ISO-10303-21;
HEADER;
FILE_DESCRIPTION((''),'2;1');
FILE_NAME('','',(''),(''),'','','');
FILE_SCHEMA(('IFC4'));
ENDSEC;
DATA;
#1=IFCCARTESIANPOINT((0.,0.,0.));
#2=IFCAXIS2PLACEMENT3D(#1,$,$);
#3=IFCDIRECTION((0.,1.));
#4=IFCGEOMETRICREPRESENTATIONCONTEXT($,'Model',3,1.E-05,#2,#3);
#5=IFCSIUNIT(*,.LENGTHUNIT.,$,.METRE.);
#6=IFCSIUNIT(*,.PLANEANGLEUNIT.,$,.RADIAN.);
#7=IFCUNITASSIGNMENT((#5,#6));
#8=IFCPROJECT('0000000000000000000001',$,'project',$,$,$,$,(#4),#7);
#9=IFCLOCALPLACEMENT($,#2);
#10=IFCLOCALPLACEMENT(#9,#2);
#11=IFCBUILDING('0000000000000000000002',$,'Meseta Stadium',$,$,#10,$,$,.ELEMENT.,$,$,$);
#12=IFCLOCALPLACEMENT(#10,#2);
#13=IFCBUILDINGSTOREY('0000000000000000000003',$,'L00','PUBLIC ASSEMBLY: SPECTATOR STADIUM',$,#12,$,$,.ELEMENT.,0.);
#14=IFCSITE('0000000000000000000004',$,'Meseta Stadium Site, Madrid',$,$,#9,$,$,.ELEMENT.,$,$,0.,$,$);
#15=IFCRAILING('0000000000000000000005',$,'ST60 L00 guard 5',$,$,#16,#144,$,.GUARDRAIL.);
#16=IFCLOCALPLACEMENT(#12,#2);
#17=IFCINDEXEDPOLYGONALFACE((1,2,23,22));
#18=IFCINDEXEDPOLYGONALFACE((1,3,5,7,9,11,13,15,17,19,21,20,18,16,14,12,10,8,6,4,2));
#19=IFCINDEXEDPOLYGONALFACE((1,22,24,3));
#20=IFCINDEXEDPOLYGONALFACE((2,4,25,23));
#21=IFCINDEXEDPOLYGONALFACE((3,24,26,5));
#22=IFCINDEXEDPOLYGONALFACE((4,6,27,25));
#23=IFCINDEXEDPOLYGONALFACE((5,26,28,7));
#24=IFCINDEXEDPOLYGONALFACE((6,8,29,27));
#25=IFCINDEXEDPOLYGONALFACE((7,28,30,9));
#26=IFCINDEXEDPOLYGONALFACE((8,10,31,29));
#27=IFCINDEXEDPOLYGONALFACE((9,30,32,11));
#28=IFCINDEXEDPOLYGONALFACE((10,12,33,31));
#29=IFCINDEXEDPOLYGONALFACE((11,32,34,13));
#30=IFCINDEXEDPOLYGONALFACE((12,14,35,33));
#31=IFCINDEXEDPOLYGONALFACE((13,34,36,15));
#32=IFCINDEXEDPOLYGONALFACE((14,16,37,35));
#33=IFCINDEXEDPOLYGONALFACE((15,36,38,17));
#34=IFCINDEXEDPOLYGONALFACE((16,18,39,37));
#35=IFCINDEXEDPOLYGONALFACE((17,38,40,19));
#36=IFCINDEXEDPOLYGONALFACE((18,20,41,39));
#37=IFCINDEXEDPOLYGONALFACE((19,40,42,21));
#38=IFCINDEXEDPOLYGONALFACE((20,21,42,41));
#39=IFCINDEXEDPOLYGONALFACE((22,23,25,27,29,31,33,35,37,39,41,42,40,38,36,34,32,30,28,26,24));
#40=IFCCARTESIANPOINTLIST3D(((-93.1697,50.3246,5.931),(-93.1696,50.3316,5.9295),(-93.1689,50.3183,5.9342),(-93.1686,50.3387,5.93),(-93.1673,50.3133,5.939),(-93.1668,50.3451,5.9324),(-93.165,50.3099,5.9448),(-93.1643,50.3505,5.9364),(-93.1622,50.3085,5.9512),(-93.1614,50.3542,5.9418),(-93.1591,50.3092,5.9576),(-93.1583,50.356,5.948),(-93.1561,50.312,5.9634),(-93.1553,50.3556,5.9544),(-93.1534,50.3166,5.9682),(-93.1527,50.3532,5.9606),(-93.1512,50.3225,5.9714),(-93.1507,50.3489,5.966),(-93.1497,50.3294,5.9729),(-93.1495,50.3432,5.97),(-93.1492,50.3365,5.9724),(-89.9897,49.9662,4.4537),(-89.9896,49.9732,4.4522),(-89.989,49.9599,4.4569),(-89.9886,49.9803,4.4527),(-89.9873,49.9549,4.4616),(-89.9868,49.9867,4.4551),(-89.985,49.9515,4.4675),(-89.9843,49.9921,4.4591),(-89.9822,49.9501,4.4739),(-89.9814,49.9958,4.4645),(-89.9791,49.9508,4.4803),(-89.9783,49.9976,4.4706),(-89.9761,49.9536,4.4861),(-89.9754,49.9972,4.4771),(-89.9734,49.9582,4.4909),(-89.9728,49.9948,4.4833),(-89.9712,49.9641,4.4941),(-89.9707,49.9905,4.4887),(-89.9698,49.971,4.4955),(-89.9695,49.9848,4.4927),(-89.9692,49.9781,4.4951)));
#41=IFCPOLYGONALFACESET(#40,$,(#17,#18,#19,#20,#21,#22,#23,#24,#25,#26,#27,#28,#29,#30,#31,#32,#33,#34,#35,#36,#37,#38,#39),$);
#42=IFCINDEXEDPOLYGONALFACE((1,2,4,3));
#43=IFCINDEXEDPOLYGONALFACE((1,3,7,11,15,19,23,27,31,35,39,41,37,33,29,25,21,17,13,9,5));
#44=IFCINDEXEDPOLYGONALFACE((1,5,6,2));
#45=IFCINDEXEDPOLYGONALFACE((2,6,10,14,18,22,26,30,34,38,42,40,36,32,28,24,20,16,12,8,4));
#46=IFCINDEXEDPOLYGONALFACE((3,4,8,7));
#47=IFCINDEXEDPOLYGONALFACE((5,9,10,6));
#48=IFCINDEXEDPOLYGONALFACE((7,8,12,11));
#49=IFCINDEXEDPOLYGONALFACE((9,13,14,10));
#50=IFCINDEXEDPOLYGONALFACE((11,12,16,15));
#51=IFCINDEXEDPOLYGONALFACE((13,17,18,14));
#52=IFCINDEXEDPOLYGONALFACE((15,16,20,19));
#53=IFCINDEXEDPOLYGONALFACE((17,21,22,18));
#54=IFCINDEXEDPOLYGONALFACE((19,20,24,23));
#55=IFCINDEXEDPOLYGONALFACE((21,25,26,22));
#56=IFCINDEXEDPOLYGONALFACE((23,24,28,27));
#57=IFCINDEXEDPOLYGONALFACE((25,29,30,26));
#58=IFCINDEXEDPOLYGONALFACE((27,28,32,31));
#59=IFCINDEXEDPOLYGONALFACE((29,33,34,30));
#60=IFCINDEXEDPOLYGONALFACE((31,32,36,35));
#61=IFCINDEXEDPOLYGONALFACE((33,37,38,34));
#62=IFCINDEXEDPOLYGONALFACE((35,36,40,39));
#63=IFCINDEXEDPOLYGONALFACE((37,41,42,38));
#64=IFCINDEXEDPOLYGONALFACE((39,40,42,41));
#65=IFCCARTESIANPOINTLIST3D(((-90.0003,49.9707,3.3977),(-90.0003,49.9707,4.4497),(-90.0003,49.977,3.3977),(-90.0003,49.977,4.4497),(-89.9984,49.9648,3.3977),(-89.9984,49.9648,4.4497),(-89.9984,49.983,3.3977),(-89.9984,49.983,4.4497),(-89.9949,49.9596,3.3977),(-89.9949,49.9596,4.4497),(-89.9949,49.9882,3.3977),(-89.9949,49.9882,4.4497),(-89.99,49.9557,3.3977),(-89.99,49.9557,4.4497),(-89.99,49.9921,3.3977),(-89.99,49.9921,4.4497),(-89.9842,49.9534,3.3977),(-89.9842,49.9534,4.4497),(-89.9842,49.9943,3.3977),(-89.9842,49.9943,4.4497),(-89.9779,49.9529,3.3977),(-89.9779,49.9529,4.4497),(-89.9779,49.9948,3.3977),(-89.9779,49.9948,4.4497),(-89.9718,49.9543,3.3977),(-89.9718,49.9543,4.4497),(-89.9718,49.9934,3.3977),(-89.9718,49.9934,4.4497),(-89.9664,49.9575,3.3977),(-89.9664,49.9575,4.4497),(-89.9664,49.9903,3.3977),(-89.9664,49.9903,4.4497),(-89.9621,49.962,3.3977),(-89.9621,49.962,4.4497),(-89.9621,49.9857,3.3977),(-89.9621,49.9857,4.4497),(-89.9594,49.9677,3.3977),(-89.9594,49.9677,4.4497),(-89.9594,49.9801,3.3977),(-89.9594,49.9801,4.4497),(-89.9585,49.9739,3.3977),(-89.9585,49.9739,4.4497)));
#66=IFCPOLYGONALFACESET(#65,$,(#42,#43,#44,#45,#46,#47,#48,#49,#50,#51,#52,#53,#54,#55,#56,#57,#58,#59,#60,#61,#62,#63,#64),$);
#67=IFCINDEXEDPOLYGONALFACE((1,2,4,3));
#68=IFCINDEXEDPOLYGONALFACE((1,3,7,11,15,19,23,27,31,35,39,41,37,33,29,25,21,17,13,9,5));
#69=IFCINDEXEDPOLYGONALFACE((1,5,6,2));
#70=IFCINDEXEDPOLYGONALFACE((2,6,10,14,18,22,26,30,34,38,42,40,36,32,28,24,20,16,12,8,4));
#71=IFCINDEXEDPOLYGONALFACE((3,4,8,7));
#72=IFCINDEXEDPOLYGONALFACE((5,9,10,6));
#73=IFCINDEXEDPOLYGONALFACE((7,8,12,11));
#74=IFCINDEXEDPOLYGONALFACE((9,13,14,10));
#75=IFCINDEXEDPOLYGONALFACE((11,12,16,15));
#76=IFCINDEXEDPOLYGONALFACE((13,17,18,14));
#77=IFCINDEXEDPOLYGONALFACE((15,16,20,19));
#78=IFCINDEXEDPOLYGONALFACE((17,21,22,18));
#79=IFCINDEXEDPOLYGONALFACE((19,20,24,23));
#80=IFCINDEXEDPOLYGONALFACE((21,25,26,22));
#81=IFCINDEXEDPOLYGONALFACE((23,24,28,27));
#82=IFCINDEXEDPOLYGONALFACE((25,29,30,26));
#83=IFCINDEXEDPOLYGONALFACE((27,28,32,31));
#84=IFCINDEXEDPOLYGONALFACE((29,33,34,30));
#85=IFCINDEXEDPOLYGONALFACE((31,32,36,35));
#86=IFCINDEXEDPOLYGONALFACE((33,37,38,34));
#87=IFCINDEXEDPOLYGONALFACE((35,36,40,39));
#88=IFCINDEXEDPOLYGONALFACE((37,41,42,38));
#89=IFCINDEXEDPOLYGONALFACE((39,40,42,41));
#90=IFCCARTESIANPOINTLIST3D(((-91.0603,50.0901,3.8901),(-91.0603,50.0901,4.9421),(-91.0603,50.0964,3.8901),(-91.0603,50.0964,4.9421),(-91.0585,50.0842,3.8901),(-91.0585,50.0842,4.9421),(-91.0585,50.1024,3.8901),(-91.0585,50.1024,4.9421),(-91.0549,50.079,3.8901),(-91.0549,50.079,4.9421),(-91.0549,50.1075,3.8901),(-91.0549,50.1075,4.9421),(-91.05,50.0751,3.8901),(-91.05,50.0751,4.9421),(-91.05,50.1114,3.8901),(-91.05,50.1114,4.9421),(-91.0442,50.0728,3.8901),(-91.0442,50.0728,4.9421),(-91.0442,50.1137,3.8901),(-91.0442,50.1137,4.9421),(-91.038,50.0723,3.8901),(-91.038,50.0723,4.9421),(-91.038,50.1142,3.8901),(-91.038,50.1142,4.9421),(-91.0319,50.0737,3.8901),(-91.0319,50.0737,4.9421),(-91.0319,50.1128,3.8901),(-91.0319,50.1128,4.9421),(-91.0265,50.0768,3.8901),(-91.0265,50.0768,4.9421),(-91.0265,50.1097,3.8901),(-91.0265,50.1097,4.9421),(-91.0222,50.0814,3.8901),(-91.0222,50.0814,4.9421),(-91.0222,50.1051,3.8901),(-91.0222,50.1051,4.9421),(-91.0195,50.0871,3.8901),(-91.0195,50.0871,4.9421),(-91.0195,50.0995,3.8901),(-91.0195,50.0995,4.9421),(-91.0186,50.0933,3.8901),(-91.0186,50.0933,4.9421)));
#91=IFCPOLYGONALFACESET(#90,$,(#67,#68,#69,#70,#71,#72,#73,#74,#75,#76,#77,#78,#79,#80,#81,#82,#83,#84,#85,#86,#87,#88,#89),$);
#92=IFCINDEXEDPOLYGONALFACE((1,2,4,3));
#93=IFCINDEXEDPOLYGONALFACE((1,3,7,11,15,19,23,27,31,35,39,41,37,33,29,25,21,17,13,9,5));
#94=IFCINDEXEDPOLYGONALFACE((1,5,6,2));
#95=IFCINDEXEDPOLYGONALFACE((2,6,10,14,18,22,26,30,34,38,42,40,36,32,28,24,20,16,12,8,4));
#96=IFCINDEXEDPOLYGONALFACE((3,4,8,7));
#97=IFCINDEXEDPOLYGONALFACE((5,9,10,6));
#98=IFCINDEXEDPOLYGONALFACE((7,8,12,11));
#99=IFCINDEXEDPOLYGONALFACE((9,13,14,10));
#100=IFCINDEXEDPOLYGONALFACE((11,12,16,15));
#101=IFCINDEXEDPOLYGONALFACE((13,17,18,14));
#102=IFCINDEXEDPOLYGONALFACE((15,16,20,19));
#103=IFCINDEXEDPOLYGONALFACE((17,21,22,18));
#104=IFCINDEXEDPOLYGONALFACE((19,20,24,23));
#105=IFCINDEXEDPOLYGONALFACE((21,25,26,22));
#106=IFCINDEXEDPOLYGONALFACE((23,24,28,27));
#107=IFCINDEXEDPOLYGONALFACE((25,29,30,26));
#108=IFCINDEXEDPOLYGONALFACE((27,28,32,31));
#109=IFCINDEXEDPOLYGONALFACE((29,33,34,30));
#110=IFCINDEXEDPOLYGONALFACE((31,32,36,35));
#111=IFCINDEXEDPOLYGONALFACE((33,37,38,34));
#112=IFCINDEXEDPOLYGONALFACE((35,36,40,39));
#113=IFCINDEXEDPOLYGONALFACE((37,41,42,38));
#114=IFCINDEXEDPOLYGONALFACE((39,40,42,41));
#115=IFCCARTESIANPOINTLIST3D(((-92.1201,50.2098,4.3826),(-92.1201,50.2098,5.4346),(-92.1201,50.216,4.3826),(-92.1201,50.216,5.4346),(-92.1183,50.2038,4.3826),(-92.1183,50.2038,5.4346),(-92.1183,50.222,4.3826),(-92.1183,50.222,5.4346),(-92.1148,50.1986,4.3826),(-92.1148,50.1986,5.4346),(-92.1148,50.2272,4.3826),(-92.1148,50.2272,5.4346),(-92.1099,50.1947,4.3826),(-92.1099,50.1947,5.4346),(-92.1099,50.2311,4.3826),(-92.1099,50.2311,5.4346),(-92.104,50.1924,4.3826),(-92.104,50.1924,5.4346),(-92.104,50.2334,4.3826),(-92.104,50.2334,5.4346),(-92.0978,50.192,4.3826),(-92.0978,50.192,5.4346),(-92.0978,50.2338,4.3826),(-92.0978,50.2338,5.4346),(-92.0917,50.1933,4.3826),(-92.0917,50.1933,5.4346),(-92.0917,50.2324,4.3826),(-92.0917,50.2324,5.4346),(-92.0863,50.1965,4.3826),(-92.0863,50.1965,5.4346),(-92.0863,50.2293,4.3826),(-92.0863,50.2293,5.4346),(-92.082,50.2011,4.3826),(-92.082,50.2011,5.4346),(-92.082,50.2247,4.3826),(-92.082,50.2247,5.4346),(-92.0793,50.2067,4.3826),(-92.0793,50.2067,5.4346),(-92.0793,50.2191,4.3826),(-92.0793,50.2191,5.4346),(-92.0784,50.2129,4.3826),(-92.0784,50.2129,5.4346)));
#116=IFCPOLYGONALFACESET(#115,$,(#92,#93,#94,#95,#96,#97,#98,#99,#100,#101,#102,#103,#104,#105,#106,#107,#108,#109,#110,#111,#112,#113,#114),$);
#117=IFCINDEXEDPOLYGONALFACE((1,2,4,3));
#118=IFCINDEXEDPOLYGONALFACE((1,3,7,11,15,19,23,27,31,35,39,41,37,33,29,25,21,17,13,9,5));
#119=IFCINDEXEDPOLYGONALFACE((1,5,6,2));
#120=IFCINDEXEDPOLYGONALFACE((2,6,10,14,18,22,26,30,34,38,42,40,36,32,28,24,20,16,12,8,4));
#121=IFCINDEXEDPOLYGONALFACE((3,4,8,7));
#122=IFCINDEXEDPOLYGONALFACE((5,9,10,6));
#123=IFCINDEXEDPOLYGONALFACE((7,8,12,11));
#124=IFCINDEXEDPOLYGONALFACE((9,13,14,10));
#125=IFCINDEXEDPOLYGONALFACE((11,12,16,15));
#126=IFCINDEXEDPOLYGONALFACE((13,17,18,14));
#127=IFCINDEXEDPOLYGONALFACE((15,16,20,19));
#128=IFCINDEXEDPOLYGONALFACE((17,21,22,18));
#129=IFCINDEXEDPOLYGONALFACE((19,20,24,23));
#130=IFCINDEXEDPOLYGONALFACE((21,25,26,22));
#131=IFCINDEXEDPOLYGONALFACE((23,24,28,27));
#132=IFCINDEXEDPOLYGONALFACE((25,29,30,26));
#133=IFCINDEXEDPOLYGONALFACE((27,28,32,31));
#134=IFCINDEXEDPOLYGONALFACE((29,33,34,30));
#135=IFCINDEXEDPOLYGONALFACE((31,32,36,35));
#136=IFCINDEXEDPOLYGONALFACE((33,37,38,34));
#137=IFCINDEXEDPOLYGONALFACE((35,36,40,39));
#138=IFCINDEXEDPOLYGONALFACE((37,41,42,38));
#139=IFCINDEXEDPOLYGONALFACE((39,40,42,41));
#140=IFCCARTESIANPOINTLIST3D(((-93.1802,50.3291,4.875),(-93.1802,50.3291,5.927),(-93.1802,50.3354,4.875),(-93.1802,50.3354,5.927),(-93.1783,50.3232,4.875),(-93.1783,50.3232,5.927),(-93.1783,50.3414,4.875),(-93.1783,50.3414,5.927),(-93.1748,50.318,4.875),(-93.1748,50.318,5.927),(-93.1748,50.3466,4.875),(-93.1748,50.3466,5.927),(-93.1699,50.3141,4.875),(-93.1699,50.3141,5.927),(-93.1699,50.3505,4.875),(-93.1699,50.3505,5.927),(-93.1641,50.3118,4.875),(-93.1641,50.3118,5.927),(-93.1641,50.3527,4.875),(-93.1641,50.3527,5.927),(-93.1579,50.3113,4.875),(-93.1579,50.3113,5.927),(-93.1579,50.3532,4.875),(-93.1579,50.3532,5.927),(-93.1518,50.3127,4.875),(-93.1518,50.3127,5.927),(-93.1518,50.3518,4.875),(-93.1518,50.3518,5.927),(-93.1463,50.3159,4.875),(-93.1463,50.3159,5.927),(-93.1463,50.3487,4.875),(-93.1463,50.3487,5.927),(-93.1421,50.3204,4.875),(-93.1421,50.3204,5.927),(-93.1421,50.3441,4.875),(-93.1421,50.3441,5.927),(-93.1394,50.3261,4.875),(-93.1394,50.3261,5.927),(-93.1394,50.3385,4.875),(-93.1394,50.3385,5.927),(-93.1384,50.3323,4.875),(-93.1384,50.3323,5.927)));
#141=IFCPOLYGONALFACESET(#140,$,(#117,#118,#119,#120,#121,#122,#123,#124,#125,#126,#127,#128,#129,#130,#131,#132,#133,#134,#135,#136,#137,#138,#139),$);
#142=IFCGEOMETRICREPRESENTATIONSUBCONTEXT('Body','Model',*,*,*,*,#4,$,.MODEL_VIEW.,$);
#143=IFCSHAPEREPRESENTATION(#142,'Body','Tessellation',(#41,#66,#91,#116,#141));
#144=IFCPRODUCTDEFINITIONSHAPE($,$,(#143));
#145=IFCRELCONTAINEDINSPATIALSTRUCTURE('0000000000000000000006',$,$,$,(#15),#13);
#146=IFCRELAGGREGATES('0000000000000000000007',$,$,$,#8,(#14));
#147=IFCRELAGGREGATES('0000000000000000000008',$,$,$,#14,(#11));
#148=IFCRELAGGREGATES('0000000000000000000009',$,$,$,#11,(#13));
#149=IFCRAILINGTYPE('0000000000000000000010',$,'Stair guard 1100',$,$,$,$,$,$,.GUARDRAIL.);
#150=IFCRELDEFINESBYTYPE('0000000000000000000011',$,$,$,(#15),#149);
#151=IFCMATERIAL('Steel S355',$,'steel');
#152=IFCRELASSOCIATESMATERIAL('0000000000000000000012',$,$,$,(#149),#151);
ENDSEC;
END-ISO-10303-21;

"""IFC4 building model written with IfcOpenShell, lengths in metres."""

from ifc_helpers import new_model, si_unit, direction, frame, origin, origin_2d, place, context, subcontext, project, spatial, circle, extrude, material, type_object, element, save


model = new_model("IFC4")

# Units and contexts
model_context = context("Model", 3, precision=1e-05, world=origin(), true_north=direction((0.0, 1.0)))
body_context = subcontext(model_context, "Body", "Model", "MODEL_VIEW")
ifc_project = project(units=[si_unit("LENGTHUNIT", "METRE"), si_unit("PLANEANGLEUNIT", "RADIAN")], contexts=[model_context])

# Site, building, storey
site_placement = place(None, origin())
site = spatial("IfcSite", under=ifc_project, at=site_placement, Name="Meseta Stadium Site, Madrid", CompositionType="ELEMENT", RefElevation=0.0)
building_placement = place(site_placement, origin())
building = spatial("IfcBuilding", under=site, at=building_placement, Name="Meseta Stadium", CompositionType="ELEMENT")
storey_placement = place(building_placement, origin())
storey = spatial("IfcBuildingStorey", under=building, at=storey_placement, Name="L00", Description="PUBLIC ASSEMBLY: SPECTATOR STADIUM", CompositionType="ELEMENT", Elevation=0.0)

# Railing
ifc_material_1 = material(Name="Steel S355", Category="steel")
railing_type_1 = type_object("IfcRailingType", Name="Stair guard 1100", PredefinedType="GUARDRAIL", material=ifc_material_1)
railing_1_placement = place(storey_placement, frame((-89.9795, 49.9739, 3.3977)))
element("IfcRailing", 1, at=railing_1_placement, inside=storey, type_object=railing_type_1, Name="ST60 L00 guard 5", PredefinedType="GUARDRAIL", context=body_context, shape_type="SweptSolid", body=[
    extrude(circle(Radius=0.0239, at=origin_2d()), frame((0.0, 0.0, 1.0762), z_axis=(-0.90221, 0.101685, 0.419138), x_axis=(-0.111997, -0.993709, 0.0)), (0.0, 0.0, 1.0), 3.5247),
    extrude(circle(Radius=0.021, at=origin_2d()), origin(), (0.0, 0.0, 1.0), 1.052),
    extrude(circle(Radius=0.021, at=origin_2d()), frame((-1.0601, 0.1194, 0.4924)), (0.0, 0.0, 1.0), 1.052),
    extrude(circle(Radius=0.021, at=origin_2d()), frame((-2.1199, 0.239, 0.9849)), (0.0, 0.0, 1.0), 1.052),
    extrude(circle(Radius=0.021, at=origin_2d()), frame((-3.1799, 0.3584, 1.4773)), (0.0, 0.0, 1.0), 1.052),
])

save(model, "model.ifc")
